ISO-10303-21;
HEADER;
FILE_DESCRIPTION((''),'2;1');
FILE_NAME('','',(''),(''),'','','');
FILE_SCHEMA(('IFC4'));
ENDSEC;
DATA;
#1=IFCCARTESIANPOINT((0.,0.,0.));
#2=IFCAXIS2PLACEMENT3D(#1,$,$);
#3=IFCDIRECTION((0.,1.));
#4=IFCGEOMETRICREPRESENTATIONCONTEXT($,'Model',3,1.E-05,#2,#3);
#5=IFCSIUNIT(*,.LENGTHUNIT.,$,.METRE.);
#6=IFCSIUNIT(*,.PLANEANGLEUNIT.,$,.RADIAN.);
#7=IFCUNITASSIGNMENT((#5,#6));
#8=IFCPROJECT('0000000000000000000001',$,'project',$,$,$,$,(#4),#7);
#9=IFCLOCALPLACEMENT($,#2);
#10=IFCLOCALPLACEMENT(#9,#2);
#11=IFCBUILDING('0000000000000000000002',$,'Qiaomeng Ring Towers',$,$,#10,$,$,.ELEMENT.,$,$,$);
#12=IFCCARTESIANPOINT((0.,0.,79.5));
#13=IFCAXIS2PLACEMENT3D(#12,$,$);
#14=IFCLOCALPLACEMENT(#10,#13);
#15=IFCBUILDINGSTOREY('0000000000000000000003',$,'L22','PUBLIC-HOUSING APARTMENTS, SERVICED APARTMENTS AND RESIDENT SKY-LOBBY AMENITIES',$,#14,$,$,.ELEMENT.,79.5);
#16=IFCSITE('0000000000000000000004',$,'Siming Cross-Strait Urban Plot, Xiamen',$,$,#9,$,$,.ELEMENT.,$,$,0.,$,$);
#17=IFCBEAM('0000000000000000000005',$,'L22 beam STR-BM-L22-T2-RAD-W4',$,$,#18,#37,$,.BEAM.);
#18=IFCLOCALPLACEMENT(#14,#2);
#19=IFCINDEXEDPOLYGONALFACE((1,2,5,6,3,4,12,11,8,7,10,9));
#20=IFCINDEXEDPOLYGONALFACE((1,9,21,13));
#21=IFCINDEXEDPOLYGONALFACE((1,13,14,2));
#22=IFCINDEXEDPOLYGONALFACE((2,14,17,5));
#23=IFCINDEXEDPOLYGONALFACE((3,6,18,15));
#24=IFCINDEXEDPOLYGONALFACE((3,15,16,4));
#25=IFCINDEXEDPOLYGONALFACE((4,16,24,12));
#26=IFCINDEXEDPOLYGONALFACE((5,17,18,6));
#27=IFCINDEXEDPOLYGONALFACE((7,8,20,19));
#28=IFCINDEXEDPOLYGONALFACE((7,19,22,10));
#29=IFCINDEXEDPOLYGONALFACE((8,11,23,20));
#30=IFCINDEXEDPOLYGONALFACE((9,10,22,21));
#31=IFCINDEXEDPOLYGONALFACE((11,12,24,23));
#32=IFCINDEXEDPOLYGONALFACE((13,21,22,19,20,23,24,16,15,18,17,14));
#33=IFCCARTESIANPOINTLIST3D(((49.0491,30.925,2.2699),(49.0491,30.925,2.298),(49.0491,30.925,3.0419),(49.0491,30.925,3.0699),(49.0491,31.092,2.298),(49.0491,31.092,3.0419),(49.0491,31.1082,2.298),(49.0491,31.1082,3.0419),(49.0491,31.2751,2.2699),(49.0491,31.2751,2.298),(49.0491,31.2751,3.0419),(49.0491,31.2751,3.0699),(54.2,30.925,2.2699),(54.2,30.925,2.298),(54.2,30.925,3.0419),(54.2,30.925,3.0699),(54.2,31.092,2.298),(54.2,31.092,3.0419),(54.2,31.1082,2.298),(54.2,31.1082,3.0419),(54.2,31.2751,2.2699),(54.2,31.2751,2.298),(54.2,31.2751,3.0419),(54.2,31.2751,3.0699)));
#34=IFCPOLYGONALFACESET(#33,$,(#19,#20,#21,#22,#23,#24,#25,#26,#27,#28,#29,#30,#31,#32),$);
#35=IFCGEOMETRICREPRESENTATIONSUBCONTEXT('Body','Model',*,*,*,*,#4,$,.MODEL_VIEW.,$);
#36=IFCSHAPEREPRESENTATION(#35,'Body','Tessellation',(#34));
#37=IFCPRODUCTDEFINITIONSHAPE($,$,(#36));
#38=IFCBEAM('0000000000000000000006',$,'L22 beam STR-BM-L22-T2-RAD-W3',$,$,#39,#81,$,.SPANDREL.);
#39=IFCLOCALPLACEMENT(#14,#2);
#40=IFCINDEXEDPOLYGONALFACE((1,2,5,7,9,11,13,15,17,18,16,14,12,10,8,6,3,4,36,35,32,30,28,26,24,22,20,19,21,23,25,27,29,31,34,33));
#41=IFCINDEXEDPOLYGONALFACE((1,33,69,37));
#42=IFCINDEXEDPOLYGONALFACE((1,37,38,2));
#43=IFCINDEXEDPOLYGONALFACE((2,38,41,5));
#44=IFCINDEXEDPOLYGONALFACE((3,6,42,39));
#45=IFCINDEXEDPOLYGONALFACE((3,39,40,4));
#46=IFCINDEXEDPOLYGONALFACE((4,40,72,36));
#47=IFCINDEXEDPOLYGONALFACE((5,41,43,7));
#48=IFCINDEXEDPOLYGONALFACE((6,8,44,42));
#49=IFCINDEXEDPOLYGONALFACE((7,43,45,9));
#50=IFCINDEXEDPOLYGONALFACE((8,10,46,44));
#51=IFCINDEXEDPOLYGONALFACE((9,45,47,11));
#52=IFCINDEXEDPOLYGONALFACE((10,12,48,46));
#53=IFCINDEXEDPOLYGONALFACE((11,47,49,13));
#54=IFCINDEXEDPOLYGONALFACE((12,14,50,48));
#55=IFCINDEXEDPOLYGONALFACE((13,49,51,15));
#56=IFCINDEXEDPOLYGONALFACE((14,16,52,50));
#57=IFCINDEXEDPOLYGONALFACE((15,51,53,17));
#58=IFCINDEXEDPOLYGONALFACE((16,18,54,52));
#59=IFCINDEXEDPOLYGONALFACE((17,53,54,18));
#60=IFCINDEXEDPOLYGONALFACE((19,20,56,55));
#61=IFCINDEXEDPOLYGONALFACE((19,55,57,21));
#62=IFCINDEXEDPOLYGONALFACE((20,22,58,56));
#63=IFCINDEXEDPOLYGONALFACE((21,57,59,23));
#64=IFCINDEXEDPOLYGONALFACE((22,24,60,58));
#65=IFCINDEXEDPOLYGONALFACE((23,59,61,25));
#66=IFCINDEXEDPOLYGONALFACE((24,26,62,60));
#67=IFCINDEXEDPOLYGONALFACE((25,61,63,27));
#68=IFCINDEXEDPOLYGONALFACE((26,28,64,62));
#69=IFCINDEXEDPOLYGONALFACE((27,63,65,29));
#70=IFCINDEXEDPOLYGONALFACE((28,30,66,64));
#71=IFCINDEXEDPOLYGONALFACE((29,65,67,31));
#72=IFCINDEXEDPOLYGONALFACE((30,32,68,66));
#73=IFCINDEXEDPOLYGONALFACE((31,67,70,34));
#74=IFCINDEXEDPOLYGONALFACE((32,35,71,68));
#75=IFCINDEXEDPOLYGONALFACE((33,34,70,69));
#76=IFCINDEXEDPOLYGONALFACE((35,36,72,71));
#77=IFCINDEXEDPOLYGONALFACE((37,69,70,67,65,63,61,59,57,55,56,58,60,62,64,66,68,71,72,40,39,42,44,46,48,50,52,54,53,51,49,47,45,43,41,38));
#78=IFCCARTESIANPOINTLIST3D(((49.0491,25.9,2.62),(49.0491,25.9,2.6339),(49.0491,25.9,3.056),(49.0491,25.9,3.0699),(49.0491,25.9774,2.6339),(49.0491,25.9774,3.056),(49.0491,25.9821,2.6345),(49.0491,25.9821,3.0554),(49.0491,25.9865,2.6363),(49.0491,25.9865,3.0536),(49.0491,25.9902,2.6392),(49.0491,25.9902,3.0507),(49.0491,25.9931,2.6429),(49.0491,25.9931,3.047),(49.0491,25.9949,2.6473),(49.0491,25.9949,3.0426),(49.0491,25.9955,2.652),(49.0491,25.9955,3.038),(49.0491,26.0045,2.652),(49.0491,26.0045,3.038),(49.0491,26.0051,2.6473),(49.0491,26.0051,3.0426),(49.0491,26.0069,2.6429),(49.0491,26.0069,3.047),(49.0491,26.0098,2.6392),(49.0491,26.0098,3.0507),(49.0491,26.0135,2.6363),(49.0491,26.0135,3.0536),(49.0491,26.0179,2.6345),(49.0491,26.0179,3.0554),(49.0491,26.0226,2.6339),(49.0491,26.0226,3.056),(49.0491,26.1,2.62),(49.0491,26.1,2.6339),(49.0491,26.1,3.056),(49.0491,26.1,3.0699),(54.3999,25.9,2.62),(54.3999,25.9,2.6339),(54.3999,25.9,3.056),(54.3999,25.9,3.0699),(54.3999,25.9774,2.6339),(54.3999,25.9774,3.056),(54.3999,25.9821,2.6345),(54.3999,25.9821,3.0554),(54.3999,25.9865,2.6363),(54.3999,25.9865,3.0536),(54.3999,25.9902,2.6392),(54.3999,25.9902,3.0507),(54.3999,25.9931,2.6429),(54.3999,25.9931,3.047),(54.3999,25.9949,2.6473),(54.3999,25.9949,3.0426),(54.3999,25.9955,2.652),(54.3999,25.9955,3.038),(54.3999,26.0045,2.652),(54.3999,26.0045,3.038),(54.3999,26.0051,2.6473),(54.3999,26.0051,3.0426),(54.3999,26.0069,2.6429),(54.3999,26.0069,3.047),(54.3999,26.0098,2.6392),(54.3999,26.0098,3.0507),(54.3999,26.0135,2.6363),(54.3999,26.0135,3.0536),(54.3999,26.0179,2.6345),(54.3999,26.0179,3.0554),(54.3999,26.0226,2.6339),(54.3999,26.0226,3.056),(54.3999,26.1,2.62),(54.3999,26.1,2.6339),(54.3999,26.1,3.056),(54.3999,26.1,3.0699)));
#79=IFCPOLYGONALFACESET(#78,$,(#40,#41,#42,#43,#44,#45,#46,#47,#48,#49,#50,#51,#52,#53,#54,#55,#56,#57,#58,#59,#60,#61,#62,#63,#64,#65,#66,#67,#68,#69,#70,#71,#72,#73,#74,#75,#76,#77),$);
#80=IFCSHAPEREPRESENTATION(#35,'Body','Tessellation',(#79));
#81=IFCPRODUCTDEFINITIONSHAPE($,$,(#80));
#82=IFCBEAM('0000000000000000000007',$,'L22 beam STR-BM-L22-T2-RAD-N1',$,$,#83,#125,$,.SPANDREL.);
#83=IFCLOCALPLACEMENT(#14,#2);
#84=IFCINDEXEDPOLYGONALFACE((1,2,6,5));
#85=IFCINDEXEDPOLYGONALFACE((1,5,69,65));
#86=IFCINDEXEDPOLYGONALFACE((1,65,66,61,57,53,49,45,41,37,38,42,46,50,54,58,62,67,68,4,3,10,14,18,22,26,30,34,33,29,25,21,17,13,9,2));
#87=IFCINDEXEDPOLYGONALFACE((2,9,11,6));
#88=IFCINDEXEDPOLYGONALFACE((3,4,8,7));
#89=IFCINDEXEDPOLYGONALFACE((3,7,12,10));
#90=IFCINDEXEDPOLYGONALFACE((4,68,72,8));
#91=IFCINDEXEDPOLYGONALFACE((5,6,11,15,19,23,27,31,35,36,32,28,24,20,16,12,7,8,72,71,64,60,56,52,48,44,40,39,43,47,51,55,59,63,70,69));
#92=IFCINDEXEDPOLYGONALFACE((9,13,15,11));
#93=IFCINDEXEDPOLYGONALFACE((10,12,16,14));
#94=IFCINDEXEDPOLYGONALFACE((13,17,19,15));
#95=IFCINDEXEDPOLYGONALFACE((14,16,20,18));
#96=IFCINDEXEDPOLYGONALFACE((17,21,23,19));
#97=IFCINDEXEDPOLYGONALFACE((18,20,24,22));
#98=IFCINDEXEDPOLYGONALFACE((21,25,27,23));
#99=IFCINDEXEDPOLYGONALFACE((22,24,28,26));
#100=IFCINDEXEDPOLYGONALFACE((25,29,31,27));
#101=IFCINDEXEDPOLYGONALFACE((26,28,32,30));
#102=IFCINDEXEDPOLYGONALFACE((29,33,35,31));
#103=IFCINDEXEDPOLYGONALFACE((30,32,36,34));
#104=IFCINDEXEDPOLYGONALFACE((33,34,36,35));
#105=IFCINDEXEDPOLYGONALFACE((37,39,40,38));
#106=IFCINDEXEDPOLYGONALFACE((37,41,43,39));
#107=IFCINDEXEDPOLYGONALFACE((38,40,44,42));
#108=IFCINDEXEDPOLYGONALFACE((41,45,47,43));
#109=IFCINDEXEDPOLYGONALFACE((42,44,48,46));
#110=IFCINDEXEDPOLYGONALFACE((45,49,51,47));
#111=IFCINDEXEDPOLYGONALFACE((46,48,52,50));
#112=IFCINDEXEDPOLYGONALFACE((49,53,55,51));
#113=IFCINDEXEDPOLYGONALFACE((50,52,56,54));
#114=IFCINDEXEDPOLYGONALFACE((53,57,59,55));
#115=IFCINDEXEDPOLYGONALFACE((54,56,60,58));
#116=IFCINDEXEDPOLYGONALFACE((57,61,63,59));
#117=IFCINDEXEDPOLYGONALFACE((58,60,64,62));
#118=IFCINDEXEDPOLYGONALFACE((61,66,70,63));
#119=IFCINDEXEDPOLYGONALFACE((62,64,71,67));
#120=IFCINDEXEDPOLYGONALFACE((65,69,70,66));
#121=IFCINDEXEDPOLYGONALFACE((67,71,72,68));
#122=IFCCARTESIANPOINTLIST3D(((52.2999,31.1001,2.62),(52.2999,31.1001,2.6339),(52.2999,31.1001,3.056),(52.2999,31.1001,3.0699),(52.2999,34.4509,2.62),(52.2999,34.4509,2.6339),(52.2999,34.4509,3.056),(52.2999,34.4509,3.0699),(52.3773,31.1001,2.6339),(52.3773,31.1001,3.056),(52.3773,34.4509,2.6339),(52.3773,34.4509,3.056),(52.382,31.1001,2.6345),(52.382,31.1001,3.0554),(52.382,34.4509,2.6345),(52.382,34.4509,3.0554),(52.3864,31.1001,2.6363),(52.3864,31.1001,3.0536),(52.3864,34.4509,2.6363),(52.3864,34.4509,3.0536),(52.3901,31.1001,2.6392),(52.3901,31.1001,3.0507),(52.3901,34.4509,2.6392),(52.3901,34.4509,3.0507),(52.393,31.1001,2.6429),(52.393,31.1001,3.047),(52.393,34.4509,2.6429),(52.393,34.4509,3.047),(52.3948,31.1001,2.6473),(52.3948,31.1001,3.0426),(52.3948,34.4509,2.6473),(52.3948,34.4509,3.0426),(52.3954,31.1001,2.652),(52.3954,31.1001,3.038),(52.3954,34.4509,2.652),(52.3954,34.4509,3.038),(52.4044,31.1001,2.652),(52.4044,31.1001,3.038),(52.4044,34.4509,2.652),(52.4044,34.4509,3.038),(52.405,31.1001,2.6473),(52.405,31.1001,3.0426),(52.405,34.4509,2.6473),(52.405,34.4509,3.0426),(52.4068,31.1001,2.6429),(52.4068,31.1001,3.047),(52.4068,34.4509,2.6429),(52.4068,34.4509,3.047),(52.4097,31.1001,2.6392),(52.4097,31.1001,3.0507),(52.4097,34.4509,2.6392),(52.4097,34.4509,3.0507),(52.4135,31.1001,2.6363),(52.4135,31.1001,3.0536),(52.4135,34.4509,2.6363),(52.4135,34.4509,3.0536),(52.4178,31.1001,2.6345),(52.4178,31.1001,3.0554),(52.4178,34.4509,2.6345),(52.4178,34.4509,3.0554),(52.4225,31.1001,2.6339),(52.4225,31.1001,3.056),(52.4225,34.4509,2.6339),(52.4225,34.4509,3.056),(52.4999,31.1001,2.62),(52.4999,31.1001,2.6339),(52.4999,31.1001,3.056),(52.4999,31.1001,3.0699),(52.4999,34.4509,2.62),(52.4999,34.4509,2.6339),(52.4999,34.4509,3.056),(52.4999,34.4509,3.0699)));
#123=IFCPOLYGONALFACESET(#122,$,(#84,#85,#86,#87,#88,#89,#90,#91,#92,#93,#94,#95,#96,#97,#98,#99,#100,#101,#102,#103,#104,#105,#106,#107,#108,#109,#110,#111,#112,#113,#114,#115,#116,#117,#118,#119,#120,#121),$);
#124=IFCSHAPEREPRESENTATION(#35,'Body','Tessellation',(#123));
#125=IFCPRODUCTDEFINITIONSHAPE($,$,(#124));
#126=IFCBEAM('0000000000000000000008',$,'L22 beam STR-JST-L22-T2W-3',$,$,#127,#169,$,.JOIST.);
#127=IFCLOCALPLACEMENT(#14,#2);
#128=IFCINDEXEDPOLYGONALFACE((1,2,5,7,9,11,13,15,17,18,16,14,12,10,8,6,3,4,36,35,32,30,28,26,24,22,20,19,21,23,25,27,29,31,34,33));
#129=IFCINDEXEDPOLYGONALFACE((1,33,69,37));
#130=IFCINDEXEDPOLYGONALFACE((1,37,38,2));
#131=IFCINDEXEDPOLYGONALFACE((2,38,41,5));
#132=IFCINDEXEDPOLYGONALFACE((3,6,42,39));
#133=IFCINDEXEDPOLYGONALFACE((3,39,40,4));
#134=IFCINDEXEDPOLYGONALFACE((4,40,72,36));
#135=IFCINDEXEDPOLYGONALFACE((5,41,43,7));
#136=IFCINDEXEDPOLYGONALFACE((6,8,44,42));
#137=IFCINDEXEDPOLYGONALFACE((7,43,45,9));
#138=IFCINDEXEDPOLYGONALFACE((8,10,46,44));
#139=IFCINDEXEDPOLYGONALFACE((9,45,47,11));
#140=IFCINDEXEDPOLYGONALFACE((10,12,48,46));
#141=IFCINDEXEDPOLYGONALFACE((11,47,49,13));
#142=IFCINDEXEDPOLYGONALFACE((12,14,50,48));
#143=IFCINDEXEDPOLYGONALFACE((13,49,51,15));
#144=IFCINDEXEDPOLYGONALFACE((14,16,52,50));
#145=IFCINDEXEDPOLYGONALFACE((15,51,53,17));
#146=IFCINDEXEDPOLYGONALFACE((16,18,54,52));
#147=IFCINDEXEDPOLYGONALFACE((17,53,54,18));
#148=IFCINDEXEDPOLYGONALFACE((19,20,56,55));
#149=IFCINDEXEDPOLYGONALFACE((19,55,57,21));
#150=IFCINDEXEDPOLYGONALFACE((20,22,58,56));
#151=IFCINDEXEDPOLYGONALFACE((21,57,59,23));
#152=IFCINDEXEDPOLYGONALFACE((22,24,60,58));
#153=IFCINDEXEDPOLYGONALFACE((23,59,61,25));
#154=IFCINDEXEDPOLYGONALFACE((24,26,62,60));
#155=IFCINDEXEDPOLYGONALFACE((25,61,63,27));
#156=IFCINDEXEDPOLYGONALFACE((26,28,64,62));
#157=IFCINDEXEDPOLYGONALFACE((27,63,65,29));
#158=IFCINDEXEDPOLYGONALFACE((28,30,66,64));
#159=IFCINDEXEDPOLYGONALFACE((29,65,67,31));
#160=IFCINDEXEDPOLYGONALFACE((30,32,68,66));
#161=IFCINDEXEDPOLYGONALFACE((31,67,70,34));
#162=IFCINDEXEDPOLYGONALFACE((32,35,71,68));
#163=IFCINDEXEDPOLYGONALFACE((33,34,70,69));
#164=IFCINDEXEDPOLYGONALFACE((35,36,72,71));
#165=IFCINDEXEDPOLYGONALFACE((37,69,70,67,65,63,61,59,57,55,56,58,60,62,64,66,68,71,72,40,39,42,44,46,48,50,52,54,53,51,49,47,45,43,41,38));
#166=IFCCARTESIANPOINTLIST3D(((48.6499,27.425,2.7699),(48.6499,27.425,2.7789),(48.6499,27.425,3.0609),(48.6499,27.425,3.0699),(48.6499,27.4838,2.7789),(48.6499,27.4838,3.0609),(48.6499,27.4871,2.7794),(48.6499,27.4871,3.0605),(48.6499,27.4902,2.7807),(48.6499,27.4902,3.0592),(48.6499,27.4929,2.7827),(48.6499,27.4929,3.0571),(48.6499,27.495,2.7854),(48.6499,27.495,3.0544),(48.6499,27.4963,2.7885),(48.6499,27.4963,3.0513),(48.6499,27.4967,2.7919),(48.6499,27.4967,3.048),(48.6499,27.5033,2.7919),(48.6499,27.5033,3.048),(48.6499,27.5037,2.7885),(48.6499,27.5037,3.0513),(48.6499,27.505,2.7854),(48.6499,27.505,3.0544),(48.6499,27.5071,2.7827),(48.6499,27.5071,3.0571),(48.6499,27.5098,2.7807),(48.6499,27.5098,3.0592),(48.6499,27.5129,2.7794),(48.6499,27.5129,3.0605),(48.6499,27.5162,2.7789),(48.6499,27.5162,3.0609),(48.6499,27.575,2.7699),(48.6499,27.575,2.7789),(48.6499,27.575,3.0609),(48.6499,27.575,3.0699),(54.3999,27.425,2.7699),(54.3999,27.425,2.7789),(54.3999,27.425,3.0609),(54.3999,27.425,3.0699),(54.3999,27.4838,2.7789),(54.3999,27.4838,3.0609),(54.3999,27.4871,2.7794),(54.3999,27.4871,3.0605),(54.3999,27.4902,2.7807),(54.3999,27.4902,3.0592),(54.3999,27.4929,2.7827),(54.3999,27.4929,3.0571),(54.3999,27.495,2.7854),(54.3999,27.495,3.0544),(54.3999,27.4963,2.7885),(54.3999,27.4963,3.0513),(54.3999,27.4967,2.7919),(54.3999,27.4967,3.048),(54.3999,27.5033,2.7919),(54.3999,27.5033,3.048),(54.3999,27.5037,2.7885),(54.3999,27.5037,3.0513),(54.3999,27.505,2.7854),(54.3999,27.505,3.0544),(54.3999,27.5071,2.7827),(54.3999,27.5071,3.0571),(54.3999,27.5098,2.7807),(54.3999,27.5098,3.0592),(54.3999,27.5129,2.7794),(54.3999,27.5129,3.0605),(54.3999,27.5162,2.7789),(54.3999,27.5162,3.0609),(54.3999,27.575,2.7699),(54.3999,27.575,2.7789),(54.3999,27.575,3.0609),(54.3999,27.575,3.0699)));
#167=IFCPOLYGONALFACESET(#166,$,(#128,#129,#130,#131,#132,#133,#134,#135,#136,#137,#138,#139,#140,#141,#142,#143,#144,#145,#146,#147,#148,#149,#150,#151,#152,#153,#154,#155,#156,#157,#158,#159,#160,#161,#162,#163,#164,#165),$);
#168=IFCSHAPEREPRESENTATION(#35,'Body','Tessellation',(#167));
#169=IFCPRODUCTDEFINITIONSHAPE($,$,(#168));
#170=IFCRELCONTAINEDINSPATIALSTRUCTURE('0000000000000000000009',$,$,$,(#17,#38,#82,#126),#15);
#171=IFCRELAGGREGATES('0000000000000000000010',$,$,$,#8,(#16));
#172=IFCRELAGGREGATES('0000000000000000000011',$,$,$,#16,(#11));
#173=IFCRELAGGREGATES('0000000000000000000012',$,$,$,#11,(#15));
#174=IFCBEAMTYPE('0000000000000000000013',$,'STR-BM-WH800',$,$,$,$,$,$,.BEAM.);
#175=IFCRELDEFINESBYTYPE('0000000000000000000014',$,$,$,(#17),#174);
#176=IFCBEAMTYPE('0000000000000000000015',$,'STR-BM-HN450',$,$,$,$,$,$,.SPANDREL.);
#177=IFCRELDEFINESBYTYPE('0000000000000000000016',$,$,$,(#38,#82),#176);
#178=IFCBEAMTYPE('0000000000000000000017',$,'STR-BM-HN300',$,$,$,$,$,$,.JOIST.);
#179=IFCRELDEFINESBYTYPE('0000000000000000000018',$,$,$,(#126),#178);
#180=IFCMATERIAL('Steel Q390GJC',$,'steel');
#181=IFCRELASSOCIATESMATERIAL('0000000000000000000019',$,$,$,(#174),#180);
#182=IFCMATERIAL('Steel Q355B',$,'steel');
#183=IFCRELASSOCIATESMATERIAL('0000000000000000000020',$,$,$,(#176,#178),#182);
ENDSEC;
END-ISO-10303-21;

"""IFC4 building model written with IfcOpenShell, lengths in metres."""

from ifc_helpers import new_model, si_unit, direction, frame, origin, origin_2d, place, context, subcontext, project, spatial, i_section, extrude, source, transform, mapped, material, material_profile, profile_set, type_object, element, save


model = new_model("IFC4")

# Units and contexts
model_context = context("Model", 3, precision=1e-05, world=origin(), true_north=direction((0.0, 1.0)))
body_context = subcontext(model_context, "Body", "Model", "MODEL_VIEW")
ifc_project = project(units=[si_unit("LENGTHUNIT", "METRE"), si_unit("PLANEANGLEUNIT", "RADIAN")], contexts=[model_context])

# Site, building, storey
site_placement = place(None, origin())
site = spatial("IfcSite", under=ifc_project, at=site_placement, Name="Siming Cross-Strait Urban Plot, Xiamen", CompositionType="ELEMENT", RefElevation=0.0)
building_placement = place(site_placement, origin())
building = spatial("IfcBuilding", under=site, at=building_placement, Name="Qiaomeng Ring Towers", CompositionType="ELEMENT")
storey_placement = place(building_placement, frame((0.0, 0.0, 79.5)))
storey = spatial("IfcBuildingStorey", under=building, at=storey_placement, Name="L22", Description="PUBLIC-HOUSING APARTMENTS, SERVICED APARTMENTS AND RESIDENT SKY-LOBBY AMENITIES", CompositionType="ELEMENT", Elevation=79.5)

# Beams
ifc_material_1 = material(Name="Steel Q355B", Category="steel")
ifc_material_2 = material(Name="Steel Q390GJC", Category="steel")
ifc_material_profile_1 = material_profile(ifc_material_2, i_section(OverallWidth=0.3501, OverallDepth=0.8, WebThickness=0.0161, FlangeThickness=0.0281, at=origin_2d()), Name="WH 800x350x16x28")
ifc_profile_set_1 = profile_set([ifc_material_profile_1], Name="Steel Q390GJC")
beam_type_1 = type_object("IfcBeamType", Name="STR-BM-WH800", PredefinedType="BEAM", material=ifc_profile_set_1)
shared_shape_1 = source(origin(), body_context, "Body", "SweptSolid", [
    extrude(i_section(OverallWidth=0.3501, OverallDepth=0.8, WebThickness=0.0161, FlangeThickness=0.0281, at=origin_2d()), origin(), (0.0, 0.0, 1.0), 5.1509),
])
beam_1_placement = place(storey_placement, frame((49.0491, 31.1001, 2.6699), z_axis=(1.0, 0.0, 0.0), x_axis=(0.0, 1.0, 0.0)))
element("IfcBeam", 1, at=beam_1_placement, inside=storey, type_object=beam_type_1, Name="L22 beam STR-BM-L22-T2-RAD-W4", PredefinedType="BEAM", context=body_context, shape_type="MappedRepresentation", body=[
    mapped(shared_shape_1, transform((0.0, 0.0, 0.0), x_axis=(1.0, 0.0, 0.0), y_axis=(0.0, 1.0, 0.0), z_axis=(0.0, 0.0, 1.0), scale=1.0)),
])
ifc_material_profile_2 = material_profile(ifc_material_1, i_section(OverallWidth=0.2, OverallDepth=0.45, WebThickness=0.009, FlangeThickness=0.0139, FilletRadius=0.0181, at=origin_2d()), Name="HN 450x200x9x14")
ifc_profile_set_2 = profile_set([ifc_material_profile_2], Name="Steel Q355B")
beam_type_2 = type_object("IfcBeamType", Name="STR-BM-HN450", PredefinedType="SPANDREL", material=ifc_profile_set_2)
shared_shape_2 = source(origin(), body_context, "Body", "SweptSolid", [
    extrude(i_section(OverallWidth=0.2, OverallDepth=0.45, WebThickness=0.009, FlangeThickness=0.0139, FilletRadius=0.0181, at=origin_2d()), origin(), (0.0, 0.0, 1.0), 5.3508),
])
beam_2_placement = place(storey_placement, frame((49.0491, 26.0, 2.845), z_axis=(1.0, 0.0, 0.0), x_axis=(0.0, 1.0, 0.0)))
element("IfcBeam", 2, at=beam_2_placement, inside=storey, type_object=beam_type_2, Name="L22 beam STR-BM-L22-T2-RAD-W3", PredefinedType="SPANDREL", context=body_context, shape_type="MappedRepresentation", body=[
    mapped(shared_shape_2, transform((0.0, 0.0, 0.0), x_axis=(1.0, 0.0, 0.0), y_axis=(0.0, 1.0, 0.0), z_axis=(0.0, 0.0, 1.0), scale=1.0)),
])
shared_shape_3 = source(origin(), body_context, "Body", "SweptSolid", [
    extrude(i_section(OverallWidth=0.2, OverallDepth=0.45, WebThickness=0.009, FlangeThickness=0.0139, FilletRadius=0.0181, at=origin_2d()), origin(), (0.0, 0.0, 1.0), 3.3508),
])
beam_3_placement = place(storey_placement, frame((52.3999, 34.4509, 2.845), z_axis=(0.0, -1.0, 0.0), x_axis=(1.0, 0.0, 0.0)))
element("IfcBeam", 3, at=beam_3_placement, inside=storey, type_object=beam_type_2, Name="L22 beam STR-BM-L22-T2-RAD-N1", PredefinedType="SPANDREL", context=body_context, shape_type="MappedRepresentation", body=[
    mapped(shared_shape_3, transform((0.0, 0.0, 0.0), x_axis=(1.0, 0.0, 0.0), y_axis=(0.0, 1.0, 0.0), z_axis=(0.0, 0.0, 1.0), scale=1.0)),
])
ifc_material_profile_3 = material_profile(ifc_material_1, i_section(OverallWidth=0.1499, OverallDepth=0.3, WebThickness=0.0066, FlangeThickness=0.009, FilletRadius=0.0129, at=origin_2d()), Name="HN 300x150x6.5x9")
ifc_profile_set_3 = profile_set([ifc_material_profile_3], Name="Steel Q355B")
beam_type_3 = type_object("IfcBeamType", Name="STR-BM-HN300", PredefinedType="JOIST", material=ifc_profile_set_3)
shared_shape_4 = source(origin(), body_context, "Body", "SweptSolid", [
    extrude(i_section(OverallWidth=0.1499, OverallDepth=0.3, WebThickness=0.0066, FlangeThickness=0.009, FilletRadius=0.0129, at=origin_2d()), origin(), (0.0, 0.0, 1.0), 5.75),
])
beam_4_placement = place(storey_placement, frame((48.6499, 27.5, 2.9199), z_axis=(1.0, 0.0, 0.0), x_axis=(0.0, 1.0, 0.0)))
element("IfcBeam", 4, at=beam_4_placement, inside=storey, type_object=beam_type_3, Name="L22 beam STR-JST-L22-T2W-3", PredefinedType="JOIST", context=body_context, shape_type="MappedRepresentation", body=[
    mapped(shared_shape_4, transform((0.0, 0.0, 0.0), x_axis=(1.0, 0.0, 0.0), y_axis=(0.0, 1.0, 0.0), z_axis=(0.0, 0.0, 1.0), scale=1.0)),
])

save(model, "model.ifc")
